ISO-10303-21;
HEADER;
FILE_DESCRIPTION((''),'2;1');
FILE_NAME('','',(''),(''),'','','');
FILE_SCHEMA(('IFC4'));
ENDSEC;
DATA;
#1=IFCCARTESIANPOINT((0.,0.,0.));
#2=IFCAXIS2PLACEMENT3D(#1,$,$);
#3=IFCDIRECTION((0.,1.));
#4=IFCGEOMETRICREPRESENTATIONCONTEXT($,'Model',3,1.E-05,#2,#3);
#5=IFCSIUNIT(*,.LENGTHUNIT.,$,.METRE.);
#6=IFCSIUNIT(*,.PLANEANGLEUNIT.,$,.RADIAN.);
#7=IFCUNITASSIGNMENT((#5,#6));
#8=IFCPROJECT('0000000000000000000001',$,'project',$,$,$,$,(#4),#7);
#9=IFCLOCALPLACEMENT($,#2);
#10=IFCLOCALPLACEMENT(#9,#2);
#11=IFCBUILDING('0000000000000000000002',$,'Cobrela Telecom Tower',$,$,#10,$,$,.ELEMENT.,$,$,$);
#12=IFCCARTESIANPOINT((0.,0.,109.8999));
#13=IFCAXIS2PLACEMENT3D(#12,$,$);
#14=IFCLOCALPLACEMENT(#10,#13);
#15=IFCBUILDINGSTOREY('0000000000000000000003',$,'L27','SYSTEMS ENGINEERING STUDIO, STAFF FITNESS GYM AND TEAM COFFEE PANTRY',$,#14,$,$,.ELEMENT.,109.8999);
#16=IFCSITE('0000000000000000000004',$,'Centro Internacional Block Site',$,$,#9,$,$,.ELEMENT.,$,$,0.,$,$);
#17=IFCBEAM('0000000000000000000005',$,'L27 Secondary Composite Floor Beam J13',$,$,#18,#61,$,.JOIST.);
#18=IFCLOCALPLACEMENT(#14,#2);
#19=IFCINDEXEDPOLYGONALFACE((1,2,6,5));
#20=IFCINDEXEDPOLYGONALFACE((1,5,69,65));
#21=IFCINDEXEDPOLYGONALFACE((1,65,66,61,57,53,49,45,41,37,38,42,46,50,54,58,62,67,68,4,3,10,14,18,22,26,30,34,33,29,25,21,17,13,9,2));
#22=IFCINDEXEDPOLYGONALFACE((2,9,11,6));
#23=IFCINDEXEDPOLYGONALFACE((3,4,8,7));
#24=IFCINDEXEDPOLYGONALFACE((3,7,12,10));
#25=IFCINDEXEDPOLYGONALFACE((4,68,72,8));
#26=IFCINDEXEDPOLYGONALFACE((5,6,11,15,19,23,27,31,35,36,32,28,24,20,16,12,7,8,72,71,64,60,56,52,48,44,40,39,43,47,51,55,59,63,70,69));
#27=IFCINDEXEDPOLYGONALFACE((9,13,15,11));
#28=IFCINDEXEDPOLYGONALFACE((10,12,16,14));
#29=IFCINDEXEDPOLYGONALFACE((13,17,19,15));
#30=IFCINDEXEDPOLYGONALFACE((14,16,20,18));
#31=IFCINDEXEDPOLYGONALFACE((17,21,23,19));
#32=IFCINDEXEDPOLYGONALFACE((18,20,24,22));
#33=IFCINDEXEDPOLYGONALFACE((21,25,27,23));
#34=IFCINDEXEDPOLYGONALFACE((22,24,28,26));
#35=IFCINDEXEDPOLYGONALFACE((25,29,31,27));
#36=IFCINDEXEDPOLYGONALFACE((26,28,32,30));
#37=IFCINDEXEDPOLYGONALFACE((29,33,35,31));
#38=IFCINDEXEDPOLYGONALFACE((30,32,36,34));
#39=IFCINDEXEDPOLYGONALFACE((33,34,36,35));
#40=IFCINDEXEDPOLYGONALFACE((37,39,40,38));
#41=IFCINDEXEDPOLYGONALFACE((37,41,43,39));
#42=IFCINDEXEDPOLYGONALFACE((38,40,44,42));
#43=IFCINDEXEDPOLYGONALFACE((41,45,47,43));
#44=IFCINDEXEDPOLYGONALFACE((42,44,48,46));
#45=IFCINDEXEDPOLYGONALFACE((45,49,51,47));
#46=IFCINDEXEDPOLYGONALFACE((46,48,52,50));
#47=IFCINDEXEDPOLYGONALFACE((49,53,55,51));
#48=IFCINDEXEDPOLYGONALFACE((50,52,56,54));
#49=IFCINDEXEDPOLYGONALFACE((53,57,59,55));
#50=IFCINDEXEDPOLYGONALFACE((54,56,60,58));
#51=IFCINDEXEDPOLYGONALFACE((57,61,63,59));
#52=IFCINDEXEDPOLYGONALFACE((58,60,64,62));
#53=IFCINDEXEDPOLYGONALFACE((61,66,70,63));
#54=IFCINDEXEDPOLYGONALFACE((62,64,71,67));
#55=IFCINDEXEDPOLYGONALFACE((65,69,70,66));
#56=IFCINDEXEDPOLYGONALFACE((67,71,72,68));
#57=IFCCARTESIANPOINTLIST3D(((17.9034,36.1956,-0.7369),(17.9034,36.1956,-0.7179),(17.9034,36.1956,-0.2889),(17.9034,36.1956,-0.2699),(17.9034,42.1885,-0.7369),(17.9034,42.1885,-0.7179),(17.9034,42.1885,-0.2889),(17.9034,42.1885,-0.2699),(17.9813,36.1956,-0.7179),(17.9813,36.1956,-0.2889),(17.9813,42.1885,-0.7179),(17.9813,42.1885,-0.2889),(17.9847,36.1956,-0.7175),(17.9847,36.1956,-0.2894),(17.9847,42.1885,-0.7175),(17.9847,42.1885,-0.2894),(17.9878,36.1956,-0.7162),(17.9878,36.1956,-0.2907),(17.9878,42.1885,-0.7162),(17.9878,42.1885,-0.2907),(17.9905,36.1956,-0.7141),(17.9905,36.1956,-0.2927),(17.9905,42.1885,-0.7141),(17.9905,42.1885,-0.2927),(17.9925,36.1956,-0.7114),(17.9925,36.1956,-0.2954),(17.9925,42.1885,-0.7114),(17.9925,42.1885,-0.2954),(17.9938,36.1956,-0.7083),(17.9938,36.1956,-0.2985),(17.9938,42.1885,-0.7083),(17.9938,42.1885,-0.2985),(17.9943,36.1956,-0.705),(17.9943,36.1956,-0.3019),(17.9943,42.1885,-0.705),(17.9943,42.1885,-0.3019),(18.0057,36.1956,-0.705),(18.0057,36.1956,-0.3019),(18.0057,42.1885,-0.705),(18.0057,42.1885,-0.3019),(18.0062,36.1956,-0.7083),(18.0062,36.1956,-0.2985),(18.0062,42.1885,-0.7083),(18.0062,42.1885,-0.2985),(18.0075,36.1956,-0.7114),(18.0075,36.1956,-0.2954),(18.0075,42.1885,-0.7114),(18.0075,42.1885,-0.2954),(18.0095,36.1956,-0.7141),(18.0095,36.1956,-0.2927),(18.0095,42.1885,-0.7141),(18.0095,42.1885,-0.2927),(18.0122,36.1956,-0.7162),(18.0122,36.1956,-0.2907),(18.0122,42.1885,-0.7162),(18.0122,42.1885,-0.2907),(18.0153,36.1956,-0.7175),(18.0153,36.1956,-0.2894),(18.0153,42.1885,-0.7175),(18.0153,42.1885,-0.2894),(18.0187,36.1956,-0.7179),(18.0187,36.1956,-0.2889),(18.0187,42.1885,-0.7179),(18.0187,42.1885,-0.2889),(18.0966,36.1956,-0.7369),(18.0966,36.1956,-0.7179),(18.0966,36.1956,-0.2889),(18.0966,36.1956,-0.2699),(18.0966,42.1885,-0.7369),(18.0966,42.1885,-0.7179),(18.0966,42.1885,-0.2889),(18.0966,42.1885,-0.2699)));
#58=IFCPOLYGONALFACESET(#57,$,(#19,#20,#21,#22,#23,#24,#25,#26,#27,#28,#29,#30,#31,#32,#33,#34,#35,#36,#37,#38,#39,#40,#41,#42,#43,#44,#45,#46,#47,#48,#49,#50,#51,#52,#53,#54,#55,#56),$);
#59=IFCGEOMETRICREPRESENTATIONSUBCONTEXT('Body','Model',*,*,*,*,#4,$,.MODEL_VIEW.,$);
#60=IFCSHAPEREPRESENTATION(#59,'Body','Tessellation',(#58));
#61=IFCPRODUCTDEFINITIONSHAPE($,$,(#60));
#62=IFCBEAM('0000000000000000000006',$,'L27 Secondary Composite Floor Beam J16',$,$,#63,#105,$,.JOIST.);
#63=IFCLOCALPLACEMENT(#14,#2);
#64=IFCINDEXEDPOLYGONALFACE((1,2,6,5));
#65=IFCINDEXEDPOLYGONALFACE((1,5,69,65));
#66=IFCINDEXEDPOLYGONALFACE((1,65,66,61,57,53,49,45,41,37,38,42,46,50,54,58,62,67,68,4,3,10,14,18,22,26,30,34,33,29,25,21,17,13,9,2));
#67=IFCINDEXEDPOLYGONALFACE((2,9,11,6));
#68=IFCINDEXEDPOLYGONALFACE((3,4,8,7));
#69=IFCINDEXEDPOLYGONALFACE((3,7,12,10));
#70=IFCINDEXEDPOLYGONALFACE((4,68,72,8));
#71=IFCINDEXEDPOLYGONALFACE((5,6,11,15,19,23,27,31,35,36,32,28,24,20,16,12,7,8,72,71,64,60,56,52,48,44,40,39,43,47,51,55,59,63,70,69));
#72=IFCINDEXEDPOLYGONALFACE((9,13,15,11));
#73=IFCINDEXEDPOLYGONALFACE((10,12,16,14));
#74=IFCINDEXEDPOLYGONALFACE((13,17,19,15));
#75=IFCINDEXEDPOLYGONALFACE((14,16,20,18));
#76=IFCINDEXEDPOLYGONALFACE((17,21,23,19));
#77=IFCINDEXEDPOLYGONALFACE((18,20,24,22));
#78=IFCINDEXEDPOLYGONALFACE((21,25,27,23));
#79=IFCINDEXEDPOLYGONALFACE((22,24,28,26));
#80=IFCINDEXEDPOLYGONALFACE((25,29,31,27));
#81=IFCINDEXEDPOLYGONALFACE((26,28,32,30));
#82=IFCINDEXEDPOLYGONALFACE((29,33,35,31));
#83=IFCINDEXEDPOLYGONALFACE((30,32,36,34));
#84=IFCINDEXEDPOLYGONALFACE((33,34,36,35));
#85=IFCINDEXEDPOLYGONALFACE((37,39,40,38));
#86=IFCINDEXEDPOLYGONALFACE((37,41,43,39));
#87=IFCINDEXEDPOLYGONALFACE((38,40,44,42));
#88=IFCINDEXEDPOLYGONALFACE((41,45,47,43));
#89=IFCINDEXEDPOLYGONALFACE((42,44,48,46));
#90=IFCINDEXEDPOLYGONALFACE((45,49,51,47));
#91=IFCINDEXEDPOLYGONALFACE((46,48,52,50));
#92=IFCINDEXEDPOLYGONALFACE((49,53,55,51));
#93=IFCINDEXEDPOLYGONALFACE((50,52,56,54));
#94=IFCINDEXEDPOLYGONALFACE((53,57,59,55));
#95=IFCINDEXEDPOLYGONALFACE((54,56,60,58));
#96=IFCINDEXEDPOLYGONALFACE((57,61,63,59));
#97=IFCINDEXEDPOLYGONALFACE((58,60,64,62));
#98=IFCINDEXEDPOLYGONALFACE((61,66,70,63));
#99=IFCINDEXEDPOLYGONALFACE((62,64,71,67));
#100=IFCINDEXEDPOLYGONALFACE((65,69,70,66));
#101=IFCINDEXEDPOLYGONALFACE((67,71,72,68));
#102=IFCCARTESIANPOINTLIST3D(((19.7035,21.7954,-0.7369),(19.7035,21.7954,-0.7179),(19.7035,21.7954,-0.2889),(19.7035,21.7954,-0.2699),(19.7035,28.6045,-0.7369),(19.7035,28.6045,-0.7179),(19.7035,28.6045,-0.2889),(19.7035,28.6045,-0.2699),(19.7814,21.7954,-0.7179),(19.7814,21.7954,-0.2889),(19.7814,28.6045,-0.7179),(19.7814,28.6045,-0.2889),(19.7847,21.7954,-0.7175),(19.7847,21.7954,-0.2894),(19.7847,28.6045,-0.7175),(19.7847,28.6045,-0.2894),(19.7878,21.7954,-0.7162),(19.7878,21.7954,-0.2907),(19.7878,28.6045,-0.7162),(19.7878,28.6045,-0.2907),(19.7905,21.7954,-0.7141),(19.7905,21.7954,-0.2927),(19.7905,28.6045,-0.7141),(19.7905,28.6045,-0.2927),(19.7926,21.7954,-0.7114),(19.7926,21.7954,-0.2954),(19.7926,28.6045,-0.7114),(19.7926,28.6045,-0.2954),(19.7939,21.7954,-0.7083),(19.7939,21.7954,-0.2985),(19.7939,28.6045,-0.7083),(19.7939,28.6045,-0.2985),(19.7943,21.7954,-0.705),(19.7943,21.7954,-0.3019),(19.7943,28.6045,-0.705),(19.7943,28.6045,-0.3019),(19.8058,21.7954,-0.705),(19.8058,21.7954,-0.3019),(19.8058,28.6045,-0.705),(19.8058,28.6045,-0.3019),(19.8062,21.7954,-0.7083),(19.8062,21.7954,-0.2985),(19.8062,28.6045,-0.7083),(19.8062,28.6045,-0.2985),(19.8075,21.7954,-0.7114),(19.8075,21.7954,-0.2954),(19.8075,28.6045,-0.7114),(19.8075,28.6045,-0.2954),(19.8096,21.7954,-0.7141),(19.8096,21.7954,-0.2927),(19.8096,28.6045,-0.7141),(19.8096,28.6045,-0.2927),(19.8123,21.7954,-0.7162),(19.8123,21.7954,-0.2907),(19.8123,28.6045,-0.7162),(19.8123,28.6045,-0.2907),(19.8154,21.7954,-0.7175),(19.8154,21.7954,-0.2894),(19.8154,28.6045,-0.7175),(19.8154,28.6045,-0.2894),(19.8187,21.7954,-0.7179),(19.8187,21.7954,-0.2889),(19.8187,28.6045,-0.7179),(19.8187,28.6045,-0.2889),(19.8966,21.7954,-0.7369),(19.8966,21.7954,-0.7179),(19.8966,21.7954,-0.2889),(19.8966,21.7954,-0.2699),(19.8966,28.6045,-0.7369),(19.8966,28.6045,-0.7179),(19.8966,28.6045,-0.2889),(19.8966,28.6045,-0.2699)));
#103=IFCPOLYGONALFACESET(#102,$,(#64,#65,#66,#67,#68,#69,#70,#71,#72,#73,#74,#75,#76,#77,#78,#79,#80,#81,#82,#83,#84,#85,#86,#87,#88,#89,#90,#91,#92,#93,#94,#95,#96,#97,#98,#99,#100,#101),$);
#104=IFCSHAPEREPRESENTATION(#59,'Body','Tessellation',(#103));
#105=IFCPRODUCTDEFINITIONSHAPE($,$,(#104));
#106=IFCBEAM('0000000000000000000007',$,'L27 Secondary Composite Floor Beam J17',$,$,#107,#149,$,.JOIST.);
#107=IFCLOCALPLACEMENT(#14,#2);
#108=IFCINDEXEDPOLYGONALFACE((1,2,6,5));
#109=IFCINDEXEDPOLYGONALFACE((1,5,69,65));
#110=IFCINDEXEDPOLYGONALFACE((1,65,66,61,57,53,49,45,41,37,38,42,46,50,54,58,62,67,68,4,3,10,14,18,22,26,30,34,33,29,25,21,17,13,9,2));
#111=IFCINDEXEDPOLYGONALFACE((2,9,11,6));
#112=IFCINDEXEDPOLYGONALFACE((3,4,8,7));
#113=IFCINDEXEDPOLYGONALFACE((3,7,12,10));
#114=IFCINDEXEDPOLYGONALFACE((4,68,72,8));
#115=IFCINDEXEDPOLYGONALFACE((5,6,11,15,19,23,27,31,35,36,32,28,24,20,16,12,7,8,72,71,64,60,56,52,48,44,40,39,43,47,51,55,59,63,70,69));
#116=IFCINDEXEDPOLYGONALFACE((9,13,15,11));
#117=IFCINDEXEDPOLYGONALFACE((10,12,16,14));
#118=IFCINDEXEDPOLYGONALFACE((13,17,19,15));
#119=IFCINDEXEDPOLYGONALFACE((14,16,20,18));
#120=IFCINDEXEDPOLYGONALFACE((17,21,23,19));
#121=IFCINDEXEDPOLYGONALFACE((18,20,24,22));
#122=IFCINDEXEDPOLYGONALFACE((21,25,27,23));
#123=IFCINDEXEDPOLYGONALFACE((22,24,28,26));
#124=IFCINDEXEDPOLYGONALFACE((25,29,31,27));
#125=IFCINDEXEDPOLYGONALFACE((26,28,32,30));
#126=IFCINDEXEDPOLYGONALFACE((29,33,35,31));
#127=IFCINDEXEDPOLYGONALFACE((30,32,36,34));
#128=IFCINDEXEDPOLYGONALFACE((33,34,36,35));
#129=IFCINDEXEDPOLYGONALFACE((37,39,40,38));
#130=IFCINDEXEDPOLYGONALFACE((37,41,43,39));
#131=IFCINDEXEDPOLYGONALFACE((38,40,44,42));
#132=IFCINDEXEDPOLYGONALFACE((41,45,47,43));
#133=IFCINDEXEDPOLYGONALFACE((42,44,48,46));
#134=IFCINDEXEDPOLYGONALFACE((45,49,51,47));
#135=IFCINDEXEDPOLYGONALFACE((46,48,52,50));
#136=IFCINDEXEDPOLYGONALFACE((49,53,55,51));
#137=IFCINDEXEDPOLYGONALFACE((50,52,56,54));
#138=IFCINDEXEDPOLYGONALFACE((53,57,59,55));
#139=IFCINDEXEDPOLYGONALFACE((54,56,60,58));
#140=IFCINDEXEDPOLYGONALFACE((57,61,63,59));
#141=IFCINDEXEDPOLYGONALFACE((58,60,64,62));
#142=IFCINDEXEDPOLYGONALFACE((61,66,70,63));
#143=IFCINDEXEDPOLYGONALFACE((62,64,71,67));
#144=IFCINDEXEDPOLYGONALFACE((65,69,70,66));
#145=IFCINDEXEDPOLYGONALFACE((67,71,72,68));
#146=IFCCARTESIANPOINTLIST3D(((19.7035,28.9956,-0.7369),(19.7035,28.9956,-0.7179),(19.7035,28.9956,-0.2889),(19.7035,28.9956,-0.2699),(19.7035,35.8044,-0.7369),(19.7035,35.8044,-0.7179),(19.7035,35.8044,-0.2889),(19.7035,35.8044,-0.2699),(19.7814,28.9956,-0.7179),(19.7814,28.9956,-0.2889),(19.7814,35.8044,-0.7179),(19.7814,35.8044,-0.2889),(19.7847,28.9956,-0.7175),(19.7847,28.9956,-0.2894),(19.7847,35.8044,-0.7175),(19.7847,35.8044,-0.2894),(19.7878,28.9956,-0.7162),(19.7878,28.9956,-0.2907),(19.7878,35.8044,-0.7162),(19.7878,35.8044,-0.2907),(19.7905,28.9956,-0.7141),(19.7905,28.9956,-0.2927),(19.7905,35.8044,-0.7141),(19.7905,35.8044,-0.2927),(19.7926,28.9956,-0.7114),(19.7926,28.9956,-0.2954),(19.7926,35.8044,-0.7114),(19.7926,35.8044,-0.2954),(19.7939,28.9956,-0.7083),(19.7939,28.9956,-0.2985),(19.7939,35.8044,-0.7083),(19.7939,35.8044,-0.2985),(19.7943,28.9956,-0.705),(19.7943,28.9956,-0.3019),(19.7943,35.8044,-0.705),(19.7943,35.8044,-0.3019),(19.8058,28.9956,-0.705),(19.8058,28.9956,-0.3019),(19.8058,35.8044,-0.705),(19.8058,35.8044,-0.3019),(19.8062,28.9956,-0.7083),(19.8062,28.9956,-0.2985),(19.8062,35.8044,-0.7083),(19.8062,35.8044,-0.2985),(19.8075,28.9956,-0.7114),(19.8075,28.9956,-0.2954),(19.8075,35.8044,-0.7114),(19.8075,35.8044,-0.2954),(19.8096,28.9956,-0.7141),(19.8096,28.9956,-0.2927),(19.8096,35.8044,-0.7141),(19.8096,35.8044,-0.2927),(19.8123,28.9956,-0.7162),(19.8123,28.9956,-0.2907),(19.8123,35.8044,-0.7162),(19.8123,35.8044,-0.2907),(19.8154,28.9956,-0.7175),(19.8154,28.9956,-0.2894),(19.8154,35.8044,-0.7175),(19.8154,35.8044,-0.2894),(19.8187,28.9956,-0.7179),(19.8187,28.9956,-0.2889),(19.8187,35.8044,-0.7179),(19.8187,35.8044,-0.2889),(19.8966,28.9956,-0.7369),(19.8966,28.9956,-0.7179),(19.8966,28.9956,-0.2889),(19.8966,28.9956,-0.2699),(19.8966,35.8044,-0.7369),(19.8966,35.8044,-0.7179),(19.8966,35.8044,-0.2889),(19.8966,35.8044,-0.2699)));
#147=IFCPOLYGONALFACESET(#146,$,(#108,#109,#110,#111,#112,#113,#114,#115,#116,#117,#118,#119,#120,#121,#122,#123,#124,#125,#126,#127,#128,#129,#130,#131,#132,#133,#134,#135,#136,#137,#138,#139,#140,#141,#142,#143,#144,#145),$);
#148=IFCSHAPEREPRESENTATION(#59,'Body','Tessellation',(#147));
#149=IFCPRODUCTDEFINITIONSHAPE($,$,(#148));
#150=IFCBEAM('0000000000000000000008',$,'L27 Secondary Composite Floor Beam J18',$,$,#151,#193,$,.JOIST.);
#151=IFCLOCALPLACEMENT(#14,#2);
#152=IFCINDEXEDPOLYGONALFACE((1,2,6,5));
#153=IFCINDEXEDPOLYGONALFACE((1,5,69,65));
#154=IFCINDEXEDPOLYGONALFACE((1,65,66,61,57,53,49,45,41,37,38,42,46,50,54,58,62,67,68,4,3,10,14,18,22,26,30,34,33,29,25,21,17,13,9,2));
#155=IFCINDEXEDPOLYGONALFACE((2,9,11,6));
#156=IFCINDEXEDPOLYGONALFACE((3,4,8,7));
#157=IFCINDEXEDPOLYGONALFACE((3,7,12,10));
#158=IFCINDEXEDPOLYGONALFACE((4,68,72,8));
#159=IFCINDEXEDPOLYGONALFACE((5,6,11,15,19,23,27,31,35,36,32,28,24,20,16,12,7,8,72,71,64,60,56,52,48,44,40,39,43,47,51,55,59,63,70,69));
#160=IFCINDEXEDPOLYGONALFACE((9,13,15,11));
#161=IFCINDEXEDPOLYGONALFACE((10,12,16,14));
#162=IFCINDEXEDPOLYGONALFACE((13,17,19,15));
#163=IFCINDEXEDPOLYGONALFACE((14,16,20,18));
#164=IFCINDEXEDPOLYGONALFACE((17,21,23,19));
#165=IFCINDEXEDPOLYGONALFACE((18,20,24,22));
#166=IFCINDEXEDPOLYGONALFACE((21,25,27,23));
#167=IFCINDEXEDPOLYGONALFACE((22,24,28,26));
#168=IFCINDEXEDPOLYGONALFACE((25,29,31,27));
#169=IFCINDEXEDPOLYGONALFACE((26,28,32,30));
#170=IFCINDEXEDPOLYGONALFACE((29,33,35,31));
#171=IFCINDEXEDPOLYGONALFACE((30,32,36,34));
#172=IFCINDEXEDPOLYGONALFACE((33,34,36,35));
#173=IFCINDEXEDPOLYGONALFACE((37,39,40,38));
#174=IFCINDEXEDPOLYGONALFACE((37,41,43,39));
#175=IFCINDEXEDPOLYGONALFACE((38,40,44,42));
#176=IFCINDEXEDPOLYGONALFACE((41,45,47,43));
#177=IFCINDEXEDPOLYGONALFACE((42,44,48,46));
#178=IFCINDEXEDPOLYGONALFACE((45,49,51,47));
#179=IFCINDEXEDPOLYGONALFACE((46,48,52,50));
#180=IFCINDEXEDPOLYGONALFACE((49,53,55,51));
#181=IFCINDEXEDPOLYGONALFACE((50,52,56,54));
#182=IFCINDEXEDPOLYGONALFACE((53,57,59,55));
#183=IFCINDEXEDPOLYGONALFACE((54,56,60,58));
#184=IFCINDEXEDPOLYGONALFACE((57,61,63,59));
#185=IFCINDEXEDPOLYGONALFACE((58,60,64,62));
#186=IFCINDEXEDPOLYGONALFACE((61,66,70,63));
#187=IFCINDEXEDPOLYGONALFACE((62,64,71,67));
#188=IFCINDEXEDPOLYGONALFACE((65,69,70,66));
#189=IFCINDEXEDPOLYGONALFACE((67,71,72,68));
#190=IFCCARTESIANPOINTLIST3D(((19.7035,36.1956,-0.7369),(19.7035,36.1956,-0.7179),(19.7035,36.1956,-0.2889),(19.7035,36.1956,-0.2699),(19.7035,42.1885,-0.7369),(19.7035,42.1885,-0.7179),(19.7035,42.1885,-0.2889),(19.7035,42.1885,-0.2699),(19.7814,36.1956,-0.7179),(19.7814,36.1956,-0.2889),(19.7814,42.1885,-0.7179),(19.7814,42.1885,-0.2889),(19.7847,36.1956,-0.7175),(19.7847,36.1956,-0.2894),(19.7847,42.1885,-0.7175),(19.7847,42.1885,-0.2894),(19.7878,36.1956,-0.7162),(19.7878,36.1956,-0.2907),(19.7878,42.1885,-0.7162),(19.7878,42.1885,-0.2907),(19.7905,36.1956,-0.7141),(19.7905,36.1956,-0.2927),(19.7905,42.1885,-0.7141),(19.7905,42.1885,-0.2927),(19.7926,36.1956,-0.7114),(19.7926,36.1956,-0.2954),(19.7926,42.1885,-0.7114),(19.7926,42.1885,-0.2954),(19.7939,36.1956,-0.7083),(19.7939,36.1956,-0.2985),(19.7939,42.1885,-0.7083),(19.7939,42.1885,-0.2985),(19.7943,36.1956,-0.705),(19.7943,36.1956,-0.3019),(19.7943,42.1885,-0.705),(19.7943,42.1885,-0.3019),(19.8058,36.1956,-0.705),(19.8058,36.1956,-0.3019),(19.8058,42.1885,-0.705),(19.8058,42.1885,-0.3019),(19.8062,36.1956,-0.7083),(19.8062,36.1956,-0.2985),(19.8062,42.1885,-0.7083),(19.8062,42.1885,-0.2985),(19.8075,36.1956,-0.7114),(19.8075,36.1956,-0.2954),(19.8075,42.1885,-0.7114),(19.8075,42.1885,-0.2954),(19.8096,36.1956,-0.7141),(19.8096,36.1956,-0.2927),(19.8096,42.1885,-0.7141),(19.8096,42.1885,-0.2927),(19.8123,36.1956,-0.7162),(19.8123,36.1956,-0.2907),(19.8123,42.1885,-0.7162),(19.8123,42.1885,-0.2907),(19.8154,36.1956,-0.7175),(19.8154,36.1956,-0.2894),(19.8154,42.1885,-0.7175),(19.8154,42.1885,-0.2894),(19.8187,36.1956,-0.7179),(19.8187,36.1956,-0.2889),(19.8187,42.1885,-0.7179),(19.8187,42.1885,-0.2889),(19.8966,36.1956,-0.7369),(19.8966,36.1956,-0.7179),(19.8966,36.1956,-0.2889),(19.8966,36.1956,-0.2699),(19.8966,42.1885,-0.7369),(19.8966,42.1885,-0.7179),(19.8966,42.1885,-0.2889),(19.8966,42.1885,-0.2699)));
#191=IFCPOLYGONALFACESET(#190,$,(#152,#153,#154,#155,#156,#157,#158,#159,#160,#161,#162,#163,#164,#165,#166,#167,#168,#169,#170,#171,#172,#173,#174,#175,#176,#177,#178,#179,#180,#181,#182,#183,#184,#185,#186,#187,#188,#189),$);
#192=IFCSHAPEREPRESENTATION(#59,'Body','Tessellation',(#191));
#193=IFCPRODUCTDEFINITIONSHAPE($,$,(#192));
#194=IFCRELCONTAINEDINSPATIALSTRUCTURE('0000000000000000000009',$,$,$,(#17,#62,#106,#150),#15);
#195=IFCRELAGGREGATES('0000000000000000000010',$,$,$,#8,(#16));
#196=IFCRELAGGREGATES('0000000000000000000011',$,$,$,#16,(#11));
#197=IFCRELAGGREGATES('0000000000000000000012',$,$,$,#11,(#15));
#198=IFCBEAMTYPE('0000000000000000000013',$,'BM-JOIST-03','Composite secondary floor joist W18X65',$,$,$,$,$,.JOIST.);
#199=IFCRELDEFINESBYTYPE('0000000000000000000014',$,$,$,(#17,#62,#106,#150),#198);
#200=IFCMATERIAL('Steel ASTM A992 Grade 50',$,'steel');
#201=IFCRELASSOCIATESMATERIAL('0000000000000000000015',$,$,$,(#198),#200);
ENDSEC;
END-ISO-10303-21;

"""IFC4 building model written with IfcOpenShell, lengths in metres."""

from ifc_helpers import new_model, si_unit, direction, frame, origin, origin_2d, place, context, subcontext, project, spatial, i_section, extrude, material, material_profile, profile_set, type_object, element, save


model = new_model("IFC4")

# Units and contexts
model_context = context("Model", 3, precision=1e-05, world=origin(), true_north=direction((0.0, 1.0)))
body_context = subcontext(model_context, "Body", "Model", "MODEL_VIEW")
ifc_project = project(units=[si_unit("LENGTHUNIT", "METRE"), si_unit("PLANEANGLEUNIT", "RADIAN")], contexts=[model_context])

# Site, building, storey
site_placement = place(None, origin())
site = spatial("IfcSite", under=ifc_project, at=site_placement, Name="Centro Internacional Block Site", CompositionType="ELEMENT", RefElevation=0.0)
building_placement = place(site_placement, origin())
building = spatial("IfcBuilding", under=site, at=building_placement, Name="Cobrela Telecom Tower", CompositionType="ELEMENT")
storey_placement = place(building_placement, frame((0.0, 0.0, 109.8999)))
storey = spatial("IfcBuildingStorey", under=building, at=storey_placement, Name="L27", Description="SYSTEMS ENGINEERING STUDIO, STAFF FITNESS GYM AND TEAM COFFEE PANTRY", CompositionType="ELEMENT", Elevation=109.8999)

# Shared definitions
ifc_material_1 = material(Name="Steel ASTM A992 Grade 50", Category="steel")

# Beams
ifc_material_profile_1 = material_profile(ifc_material_1, i_section(OverallWidth=0.1931, OverallDepth=0.467, WebThickness=0.0115, FlangeThickness=0.019, FilletRadius=0.0129, at=origin_2d()), Name="W18X65")
ifc_profile_set_1 = profile_set([ifc_material_profile_1], Name="Steel ASTM A992 Grade 50")
beam_type_1 = type_object("IfcBeamType", Name="BM-JOIST-03", Description="Composite secondary floor joist W18X65", PredefinedType="JOIST", material=ifc_profile_set_1)
beam_1_placement = place(storey_placement, frame((18.0, 36.1956, -0.5034), z_axis=(0.0, 1.0, 0.0), x_axis=(-1.0, 0.0, 0.0)))
element("IfcBeam", 1, at=beam_1_placement, inside=storey, type_object=beam_type_1, Name="L27 Secondary Composite Floor Beam J13", PredefinedType="JOIST", context=body_context, shape_type="SweptSolid", body=[
    extrude(i_section(OverallWidth=0.1931, OverallDepth=0.467, WebThickness=0.0115, FlangeThickness=0.019, FilletRadius=0.0129, at=origin_2d()), origin(), (0.0, 0.0, 1.0), 5.9929),
])
beam_2_placement = place(storey_placement, frame((19.8, 21.7954, -0.5034), z_axis=(0.0, 1.0, 0.0), x_axis=(-1.0, 0.0, 0.0)))
element("IfcBeam", 2, at=beam_2_placement, inside=storey, type_object=beam_type_1, Name="L27 Secondary Composite Floor Beam J16", PredefinedType="JOIST", context=body_context, shape_type="SweptSolid", body=[
    extrude(i_section(OverallWidth=0.1931, OverallDepth=0.467, WebThickness=0.0115, FlangeThickness=0.019, FilletRadius=0.0129, at=origin_2d()), origin(), (0.0, 0.0, 1.0), 6.8091),
])
beam_3_placement = place(storey_placement, frame((19.8, 28.9956, -0.5034), z_axis=(0.0, 1.0, 0.0), x_axis=(-1.0, 0.0, 0.0)))
element("IfcBeam", 3, at=beam_3_placement, inside=storey, type_object=beam_type_1, Name="L27 Secondary Composite Floor Beam J17", PredefinedType="JOIST", context=body_context, shape_type="SweptSolid", body=[
    extrude(i_section(OverallWidth=0.1931, OverallDepth=0.467, WebThickness=0.0115, FlangeThickness=0.019, FilletRadius=0.0129, at=origin_2d()), origin(), (0.0, 0.0, 1.0), 6.8088),
])
beam_4_placement = place(storey_placement, frame((19.8, 36.1956, -0.5034), z_axis=(0.0, 1.0, 0.0), x_axis=(-1.0, 0.0, 0.0)))
element("IfcBeam", 4, at=beam_4_placement, inside=storey, type_object=beam_type_1, Name="L27 Secondary Composite Floor Beam J18", PredefinedType="JOIST", context=body_context, shape_type="SweptSolid", body=[
    extrude(i_section(OverallWidth=0.1931, OverallDepth=0.467, WebThickness=0.0115, FlangeThickness=0.019, FilletRadius=0.0129, at=origin_2d()), origin(), (0.0, 0.0, 1.0), 5.9929),
])

save(model, "model.ifc")
